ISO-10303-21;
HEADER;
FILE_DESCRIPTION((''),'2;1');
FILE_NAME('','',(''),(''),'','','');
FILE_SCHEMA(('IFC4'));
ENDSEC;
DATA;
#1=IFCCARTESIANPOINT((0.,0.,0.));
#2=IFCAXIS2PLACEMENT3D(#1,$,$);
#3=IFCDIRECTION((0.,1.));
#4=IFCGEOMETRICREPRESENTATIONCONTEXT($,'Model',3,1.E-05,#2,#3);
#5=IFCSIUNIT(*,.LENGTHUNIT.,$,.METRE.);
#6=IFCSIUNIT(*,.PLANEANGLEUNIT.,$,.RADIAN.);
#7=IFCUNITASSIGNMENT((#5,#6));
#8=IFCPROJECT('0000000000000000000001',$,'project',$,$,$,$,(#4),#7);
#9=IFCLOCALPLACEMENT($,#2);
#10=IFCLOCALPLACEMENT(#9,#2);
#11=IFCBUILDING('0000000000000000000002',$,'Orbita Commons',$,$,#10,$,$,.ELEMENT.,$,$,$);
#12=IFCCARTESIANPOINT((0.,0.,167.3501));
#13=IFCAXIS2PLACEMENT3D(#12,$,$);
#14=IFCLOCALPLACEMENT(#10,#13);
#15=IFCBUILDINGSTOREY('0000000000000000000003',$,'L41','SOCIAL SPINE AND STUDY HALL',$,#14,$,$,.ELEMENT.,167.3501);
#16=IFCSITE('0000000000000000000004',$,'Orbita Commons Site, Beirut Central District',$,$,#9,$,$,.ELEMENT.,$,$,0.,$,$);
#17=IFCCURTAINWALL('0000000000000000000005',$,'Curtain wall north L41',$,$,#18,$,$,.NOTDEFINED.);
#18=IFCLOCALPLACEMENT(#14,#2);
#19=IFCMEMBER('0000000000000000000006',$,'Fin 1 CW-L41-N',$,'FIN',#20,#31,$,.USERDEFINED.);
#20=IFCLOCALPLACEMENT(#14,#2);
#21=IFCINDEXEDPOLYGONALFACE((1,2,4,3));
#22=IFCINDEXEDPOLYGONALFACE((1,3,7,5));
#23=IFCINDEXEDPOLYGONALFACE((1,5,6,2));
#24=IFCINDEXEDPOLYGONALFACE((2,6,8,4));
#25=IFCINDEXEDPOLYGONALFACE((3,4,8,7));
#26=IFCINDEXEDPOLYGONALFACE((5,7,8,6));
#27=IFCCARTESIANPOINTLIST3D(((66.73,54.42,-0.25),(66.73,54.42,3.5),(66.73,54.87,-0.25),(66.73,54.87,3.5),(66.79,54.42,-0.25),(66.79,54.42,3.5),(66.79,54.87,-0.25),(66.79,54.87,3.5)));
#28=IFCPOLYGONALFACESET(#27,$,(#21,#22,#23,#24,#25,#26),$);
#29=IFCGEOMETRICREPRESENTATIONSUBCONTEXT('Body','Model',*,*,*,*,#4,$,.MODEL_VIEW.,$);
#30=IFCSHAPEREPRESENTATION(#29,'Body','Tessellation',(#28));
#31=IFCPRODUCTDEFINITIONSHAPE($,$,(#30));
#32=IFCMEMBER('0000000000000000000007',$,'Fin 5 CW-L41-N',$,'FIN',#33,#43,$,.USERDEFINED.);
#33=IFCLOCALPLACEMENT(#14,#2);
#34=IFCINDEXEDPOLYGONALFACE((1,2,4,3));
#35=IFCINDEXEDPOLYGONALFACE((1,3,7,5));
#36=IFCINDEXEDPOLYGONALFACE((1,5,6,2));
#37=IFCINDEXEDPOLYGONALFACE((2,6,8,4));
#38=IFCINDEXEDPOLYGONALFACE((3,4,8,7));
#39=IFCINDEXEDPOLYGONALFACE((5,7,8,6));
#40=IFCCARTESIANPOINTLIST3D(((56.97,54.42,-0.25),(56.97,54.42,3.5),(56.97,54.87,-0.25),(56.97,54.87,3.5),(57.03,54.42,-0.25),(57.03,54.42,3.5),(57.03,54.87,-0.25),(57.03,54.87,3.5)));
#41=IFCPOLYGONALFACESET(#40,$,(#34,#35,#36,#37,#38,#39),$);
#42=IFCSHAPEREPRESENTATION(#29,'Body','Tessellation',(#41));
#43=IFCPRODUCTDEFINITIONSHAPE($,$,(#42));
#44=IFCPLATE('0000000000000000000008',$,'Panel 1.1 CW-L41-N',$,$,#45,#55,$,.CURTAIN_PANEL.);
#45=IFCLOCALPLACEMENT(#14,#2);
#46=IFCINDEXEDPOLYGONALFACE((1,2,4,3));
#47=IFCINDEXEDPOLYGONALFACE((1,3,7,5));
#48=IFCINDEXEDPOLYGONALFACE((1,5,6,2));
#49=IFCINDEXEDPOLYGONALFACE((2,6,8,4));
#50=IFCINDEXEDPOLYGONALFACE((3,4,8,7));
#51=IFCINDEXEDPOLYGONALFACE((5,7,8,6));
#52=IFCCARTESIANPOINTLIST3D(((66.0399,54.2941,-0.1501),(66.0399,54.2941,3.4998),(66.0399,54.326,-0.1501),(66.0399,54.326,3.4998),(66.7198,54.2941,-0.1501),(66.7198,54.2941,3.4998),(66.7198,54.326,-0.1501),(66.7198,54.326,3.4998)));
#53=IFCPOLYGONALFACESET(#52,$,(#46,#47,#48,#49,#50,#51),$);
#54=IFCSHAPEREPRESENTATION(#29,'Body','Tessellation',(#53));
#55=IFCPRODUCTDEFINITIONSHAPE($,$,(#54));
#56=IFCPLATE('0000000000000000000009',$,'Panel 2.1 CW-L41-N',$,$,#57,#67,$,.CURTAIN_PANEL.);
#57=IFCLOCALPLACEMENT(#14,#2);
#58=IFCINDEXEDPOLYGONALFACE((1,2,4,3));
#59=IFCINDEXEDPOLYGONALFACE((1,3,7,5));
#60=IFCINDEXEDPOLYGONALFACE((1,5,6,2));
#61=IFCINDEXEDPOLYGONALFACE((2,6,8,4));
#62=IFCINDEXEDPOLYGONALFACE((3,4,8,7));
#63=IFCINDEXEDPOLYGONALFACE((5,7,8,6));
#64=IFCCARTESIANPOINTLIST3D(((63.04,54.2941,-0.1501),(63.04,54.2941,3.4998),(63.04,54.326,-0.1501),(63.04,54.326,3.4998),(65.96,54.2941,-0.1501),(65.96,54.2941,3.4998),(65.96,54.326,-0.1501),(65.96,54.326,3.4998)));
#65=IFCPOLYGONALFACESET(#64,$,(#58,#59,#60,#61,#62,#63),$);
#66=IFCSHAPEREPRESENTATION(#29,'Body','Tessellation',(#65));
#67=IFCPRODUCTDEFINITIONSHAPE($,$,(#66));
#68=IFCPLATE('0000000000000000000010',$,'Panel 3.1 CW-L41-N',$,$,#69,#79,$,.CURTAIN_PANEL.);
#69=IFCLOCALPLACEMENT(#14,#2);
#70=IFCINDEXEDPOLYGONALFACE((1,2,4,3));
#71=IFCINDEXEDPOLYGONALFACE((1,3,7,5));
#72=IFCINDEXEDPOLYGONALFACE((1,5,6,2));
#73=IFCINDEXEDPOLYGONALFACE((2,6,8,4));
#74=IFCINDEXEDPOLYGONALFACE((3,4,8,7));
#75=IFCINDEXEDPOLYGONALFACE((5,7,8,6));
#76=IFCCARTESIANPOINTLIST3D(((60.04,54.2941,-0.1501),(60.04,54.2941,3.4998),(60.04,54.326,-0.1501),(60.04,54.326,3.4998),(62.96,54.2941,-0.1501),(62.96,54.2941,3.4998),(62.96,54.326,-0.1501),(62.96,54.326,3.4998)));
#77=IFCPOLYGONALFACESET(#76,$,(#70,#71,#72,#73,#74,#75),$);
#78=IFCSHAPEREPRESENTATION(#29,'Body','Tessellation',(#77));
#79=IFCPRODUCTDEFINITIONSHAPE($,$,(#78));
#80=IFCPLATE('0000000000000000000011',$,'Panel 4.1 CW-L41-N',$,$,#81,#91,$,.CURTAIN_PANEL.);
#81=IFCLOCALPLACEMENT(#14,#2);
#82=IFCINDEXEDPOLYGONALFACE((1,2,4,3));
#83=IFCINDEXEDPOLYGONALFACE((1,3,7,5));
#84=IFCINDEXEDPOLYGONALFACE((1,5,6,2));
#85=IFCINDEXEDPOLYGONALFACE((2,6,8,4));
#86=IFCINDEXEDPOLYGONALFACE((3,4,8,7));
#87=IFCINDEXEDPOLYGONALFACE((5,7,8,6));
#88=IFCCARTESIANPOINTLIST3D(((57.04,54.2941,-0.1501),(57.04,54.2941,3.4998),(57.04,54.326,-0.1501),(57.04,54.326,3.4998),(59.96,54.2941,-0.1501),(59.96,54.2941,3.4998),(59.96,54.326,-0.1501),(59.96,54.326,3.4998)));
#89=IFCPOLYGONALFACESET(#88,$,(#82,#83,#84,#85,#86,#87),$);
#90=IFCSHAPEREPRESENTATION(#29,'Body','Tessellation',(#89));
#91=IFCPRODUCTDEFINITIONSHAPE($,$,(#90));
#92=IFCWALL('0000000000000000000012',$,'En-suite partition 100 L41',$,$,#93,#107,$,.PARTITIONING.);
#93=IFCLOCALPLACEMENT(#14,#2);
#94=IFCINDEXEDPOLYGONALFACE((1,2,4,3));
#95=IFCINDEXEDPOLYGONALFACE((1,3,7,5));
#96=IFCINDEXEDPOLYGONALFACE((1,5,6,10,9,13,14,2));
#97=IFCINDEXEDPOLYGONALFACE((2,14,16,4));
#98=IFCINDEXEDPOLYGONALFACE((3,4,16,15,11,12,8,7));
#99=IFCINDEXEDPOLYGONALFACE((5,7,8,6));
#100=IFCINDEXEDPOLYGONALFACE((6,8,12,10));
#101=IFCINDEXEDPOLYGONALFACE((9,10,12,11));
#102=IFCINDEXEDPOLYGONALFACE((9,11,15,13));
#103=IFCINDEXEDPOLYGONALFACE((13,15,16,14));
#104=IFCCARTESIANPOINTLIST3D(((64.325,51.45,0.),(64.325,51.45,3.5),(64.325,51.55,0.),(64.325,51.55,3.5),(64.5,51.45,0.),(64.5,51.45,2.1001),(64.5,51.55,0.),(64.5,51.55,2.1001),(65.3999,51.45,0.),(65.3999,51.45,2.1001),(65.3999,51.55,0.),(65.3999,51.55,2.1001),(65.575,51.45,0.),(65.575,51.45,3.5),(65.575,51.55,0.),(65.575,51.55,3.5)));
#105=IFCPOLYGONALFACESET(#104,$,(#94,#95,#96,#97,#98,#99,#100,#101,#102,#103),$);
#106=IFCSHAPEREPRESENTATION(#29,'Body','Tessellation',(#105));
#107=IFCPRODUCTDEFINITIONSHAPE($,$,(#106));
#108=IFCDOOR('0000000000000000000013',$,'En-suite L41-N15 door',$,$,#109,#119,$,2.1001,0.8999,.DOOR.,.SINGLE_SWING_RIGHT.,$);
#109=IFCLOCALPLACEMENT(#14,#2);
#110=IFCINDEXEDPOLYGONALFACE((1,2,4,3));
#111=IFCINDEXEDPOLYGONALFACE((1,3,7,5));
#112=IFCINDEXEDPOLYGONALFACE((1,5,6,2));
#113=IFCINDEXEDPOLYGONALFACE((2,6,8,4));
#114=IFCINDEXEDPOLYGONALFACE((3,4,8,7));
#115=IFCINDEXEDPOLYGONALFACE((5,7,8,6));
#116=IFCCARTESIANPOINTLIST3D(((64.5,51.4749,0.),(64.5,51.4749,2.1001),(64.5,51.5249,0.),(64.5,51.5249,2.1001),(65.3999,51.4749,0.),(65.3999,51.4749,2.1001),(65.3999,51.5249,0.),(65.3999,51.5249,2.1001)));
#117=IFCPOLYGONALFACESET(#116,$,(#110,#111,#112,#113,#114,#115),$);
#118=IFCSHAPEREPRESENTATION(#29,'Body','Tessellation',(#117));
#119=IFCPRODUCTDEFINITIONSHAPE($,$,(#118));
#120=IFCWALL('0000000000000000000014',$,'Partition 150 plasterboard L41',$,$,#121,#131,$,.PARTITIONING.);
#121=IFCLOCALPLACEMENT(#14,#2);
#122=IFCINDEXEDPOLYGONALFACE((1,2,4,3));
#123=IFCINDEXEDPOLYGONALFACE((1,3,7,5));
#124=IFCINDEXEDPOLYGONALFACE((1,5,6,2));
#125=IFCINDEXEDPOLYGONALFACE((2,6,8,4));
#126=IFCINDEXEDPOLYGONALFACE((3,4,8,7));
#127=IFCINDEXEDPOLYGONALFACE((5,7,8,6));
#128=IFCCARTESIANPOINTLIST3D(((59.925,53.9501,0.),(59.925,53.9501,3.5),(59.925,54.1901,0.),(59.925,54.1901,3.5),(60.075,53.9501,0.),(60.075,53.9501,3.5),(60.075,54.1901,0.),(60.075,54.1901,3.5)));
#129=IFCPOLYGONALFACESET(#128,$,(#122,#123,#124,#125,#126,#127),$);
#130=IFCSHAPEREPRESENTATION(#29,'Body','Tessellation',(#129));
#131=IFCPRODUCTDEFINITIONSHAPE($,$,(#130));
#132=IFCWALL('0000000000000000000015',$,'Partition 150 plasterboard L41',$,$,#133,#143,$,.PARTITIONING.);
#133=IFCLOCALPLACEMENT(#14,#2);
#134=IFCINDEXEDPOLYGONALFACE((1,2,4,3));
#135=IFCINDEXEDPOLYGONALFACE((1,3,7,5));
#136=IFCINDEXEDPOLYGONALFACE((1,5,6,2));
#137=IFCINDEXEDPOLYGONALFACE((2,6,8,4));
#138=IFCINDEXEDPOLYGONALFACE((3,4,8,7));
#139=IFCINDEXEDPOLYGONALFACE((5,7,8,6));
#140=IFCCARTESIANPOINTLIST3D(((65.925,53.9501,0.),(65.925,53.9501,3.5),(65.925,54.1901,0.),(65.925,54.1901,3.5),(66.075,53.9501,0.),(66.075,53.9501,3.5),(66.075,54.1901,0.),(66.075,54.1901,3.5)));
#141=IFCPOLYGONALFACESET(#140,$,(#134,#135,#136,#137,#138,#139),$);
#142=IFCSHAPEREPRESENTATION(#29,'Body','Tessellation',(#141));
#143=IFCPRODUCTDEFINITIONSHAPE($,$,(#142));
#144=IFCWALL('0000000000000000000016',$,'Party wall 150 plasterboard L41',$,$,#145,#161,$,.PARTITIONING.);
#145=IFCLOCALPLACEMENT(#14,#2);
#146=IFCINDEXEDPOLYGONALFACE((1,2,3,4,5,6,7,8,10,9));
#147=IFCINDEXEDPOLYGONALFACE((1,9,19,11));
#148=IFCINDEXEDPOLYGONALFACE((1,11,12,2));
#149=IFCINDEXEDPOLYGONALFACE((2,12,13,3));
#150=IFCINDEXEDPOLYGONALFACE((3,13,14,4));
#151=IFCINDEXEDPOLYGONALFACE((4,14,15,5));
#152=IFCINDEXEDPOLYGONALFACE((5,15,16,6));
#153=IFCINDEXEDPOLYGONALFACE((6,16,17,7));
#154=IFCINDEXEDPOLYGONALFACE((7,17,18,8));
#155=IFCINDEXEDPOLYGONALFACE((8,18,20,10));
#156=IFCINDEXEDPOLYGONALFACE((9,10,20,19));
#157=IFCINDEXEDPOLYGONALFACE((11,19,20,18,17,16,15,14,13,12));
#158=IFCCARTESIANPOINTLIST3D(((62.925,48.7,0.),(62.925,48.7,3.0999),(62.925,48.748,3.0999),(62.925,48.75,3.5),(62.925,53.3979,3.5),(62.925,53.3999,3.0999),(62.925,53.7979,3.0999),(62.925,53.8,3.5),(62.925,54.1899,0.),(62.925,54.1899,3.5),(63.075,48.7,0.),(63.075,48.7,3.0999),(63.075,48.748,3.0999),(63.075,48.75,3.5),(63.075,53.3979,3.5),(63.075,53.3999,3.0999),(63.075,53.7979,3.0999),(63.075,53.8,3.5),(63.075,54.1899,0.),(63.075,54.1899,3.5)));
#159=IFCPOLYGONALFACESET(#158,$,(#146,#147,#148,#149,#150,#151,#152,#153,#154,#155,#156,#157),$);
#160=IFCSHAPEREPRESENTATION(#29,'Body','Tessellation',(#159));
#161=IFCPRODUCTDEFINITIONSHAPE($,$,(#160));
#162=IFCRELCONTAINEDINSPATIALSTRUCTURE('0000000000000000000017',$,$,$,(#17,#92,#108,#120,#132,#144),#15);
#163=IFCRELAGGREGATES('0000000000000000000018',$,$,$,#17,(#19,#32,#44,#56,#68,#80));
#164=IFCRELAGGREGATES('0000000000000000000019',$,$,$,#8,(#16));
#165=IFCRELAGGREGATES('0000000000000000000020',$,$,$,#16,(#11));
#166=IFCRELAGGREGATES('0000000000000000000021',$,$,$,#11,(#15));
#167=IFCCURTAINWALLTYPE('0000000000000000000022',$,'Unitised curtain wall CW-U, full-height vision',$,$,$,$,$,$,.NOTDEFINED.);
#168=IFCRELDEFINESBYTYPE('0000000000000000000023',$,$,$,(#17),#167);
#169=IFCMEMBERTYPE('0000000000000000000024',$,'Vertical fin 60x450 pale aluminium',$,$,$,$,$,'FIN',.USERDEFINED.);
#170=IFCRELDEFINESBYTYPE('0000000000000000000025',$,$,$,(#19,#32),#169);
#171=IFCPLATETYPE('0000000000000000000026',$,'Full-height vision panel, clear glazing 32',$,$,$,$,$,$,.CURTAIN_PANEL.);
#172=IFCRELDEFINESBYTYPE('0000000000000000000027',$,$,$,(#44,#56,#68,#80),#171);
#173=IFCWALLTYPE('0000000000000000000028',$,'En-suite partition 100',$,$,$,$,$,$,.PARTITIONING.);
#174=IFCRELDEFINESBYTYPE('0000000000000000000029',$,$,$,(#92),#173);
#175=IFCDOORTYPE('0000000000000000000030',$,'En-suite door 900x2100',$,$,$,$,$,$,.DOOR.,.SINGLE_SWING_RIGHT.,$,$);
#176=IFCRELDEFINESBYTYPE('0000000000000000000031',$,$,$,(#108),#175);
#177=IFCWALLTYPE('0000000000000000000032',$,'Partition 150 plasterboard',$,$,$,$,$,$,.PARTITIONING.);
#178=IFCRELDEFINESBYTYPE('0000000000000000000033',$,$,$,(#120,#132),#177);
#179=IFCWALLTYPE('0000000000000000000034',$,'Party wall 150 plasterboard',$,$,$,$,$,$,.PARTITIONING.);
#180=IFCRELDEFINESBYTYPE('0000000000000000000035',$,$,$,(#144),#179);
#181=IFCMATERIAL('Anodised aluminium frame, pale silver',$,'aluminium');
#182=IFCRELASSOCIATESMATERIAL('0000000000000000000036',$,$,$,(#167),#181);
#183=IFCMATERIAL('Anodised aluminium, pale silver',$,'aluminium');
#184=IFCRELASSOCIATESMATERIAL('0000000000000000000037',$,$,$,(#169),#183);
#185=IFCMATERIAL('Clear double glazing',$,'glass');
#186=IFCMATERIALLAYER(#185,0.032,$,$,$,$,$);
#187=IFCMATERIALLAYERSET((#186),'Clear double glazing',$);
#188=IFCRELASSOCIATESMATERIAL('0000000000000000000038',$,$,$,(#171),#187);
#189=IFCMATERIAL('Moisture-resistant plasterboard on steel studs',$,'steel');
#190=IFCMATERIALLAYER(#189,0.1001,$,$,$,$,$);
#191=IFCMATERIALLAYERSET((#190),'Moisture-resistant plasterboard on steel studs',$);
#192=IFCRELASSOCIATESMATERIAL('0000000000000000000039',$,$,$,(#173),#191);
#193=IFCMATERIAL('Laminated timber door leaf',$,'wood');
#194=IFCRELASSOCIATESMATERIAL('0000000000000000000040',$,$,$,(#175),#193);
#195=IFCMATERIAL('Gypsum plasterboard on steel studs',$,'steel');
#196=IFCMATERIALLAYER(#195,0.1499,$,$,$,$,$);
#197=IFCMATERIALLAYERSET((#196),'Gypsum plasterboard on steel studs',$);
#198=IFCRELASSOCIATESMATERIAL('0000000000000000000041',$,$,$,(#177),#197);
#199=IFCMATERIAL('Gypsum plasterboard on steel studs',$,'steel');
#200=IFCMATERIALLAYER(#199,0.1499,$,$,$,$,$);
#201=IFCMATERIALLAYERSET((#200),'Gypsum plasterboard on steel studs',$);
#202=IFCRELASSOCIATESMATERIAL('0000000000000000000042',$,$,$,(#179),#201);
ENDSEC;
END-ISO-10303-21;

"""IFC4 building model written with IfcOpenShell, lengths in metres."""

from ifc_helpers import new_model, si_unit, direction, frame, frame_2d, origin, origin_2d, place, context, subcontext, project, spatial, polyline, rectangle, outline, extrude, material, layer, layer_set, material_profile, profile_set, type_object, element, fill, aggregate, save


model = new_model("IFC4")

# Units and contexts
model_context = context("Model", 3, precision=1e-05, world=origin(), true_north=direction((0.0, 1.0)))
body_context = subcontext(model_context, "Body", "Model", "MODEL_VIEW")
ifc_project = project(units=[si_unit("LENGTHUNIT", "METRE"), si_unit("PLANEANGLEUNIT", "RADIAN")], contexts=[model_context])

# Site, building, storey
site_placement = place(None, origin())
site = spatial("IfcSite", under=ifc_project, at=site_placement, Name="Orbita Commons Site, Beirut Central District", CompositionType="ELEMENT", RefElevation=0.0)
building_placement = place(site_placement, origin())
building = spatial("IfcBuilding", under=site, at=building_placement, Name="Orbita Commons", CompositionType="ELEMENT")
storey_placement = place(building_placement, frame((0.0, 0.0, 167.3501)))
storey = spatial("IfcBuildingStorey", under=building, at=storey_placement, Name="L41", Description="SOCIAL SPINE AND STUDY HALL", CompositionType="ELEMENT", Elevation=167.3501)

# Curtain wall
ifc_material_1 = material(Name="Anodised aluminium frame, pale silver", Category="aluminium")
curtain_wall_type = type_object("IfcCurtainWallType", Name="Unitised curtain wall CW-U, full-height vision", PredefinedType="NOTDEFINED", material=ifc_material_1)
curtain_wall_placement = place(storey_placement, origin())
curtain_wall = element("IfcCurtainWall", 1, at=curtain_wall_placement, inside=storey, type_object=curtain_wall_type, Name="Curtain wall north L41", PredefinedType="NOTDEFINED")

# Members
ifc_material_2 = material(Name="Anodised aluminium, pale silver", Category="aluminium")
ifc_material_profile_1 = material_profile(ifc_material_2, rectangle(XDim=0.0601, YDim=0.45, at=origin_2d()), Name="FIN 60x450")
ifc_profile_set_1 = profile_set([ifc_material_profile_1], Name="Anodised aluminium, pale silver")
member_type_1 = type_object("IfcMemberType", Name="Vertical fin 60x450 pale aluminium", ElementType="FIN", PredefinedType="USERDEFINED", material=ifc_profile_set_1)
member_1_placement = place(storey_placement, frame((66.76, 54.645, -0.25), z_axis=(0.0, 0.0, 1.0), x_axis=(-1.0, 0.0, 0.0)))
member_1 = element("IfcMember", 2, at=member_1_placement, type_object=member_type_1, Name="Fin 1 CW-L41-N", ObjectType="FIN", PredefinedType="USERDEFINED", context=body_context, shape_type="SweptSolid", body=[
    extrude(rectangle(XDim=0.0601, YDim=0.45, at=origin_2d()), origin(), (0.0, 0.0, 1.0), 3.75),
])
member_2_placement = place(storey_placement, frame((57.0, 54.645, -0.25), z_axis=(0.0, 0.0, 1.0), x_axis=(-1.0, 0.0, 0.0)))
member_2 = element("IfcMember", 3, at=member_2_placement, type_object=member_type_1, Name="Fin 5 CW-L41-N", ObjectType="FIN", PredefinedType="USERDEFINED", context=body_context, shape_type="SweptSolid", body=[
    extrude(rectangle(XDim=0.0601, YDim=0.45, at=origin_2d()), origin(), (0.0, 0.0, 1.0), 3.75),
])

# Plates
ifc_material_3 = material(Name="Clear double glazing", Category="glass")
ifc_layer_1 = layer(ifc_material_3, 0.032)
ifc_layer_set_1 = layer_set([ifc_layer_1], Name="Clear double glazing")
plate_type = type_object("IfcPlateType", Name="Full-height vision panel, clear glazing 32", PredefinedType="CURTAIN_PANEL", material=ifc_layer_set_1)
plate_1_placement = place(storey_placement, frame((66.3799, 54.3101, -0.1501), z_axis=(0.0, 0.0, 1.0), x_axis=(-1.0, 0.0, 0.0)))
plate_1 = element("IfcPlate", 4, at=plate_1_placement, type_object=plate_type, Name="Panel 1.1 CW-L41-N", PredefinedType="CURTAIN_PANEL", context=body_context, shape_type="SweptSolid", body=[
    extrude(rectangle(XDim=0.6799, YDim=0.032, at=origin_2d()), origin(), (0.0, 0.0, 1.0), 3.6499),
])
plate_2_placement = place(storey_placement, frame((64.5, 54.3101, -0.1501), z_axis=(0.0, 0.0, 1.0), x_axis=(-1.0, 0.0, 0.0)))
plate_2 = element("IfcPlate", 5, at=plate_2_placement, type_object=plate_type, Name="Panel 2.1 CW-L41-N", PredefinedType="CURTAIN_PANEL", context=body_context, shape_type="SweptSolid", body=[
    extrude(rectangle(XDim=2.9199, YDim=0.032, at=origin_2d()), origin(), (0.0, 0.0, 1.0), 3.6499),
])
plate_3_placement = place(storey_placement, frame((61.5, 54.3101, -0.1501), z_axis=(0.0, 0.0, 1.0), x_axis=(-1.0, 0.0, 0.0)))
plate_3 = element("IfcPlate", 6, at=plate_3_placement, type_object=plate_type, Name="Panel 3.1 CW-L41-N", PredefinedType="CURTAIN_PANEL", context=body_context, shape_type="SweptSolid", body=[
    extrude(rectangle(XDim=2.9199, YDim=0.032, at=origin_2d()), origin(), (0.0, 0.0, 1.0), 3.6499),
])
plate_4_placement = place(storey_placement, frame((58.5, 54.3101, -0.1501), z_axis=(0.0, 0.0, 1.0), x_axis=(-1.0, 0.0, 0.0)))
plate_4 = element("IfcPlate", 7, at=plate_4_placement, type_object=plate_type, Name="Panel 4.1 CW-L41-N", PredefinedType="CURTAIN_PANEL", context=body_context, shape_type="SweptSolid", body=[
    extrude(rectangle(XDim=2.9199, YDim=0.032, at=origin_2d()), origin(), (0.0, 0.0, 1.0), 3.6499),
])
aggregate(curtain_wall, [member_1, member_2, plate_1, plate_2, plate_3, plate_4])

# Wall, opening, door
ifc_material_4 = material(Name="Moisture-resistant plasterboard on steel studs", Category="steel")
ifc_layer_2 = layer(ifc_material_4, 0.1001)
ifc_layer_set_2 = layer_set([ifc_layer_2], Name="Moisture-resistant plasterboard on steel studs")
wall_type_1 = type_object("IfcWallType", Name="En-suite partition 100", PredefinedType="PARTITIONING", material=ifc_layer_set_2)
wall_1_placement = place(storey_placement, frame((64.325, 51.5, 0.0), z_axis=(0.0, 0.0, 1.0), x_axis=(1.0, 0.0, 0.0)))
wall_1 = element("IfcWall", 8, at=wall_1_placement, inside=storey, type_object=wall_type_1, Name="En-suite partition 100 L41", PredefinedType="PARTITIONING", context=body_context, shape_type="SweptSolid", body=[
    extrude(rectangle(XDim=1.25, YDim=0.1001, at=frame_2d((0.625, 0.0))), origin(), (0.0, 0.0, 1.0), 3.5),
])
opening_1_placement = place(wall_1_placement, frame((0.175, 0.0, 0.0)))
opening_1 = element("IfcOpeningElement", 9, at=opening_1_placement, cuts=wall_1, PredefinedType="OPENING", context=body_context, shape_type="SweptSolid", body=[
    extrude(rectangle(XDim=0.8999, YDim=2.1001, at=frame_2d((0.45, 1.05))), frame((0.0, 0.0601, 0.0), z_axis=(0.0, -1.0, 0.0), x_axis=(1.0, 0.0, 0.0)), (0.0, 0.0, 1.0), 0.1201),
])
ifc_material_5 = material(Name="Laminated timber door leaf", Category="wood")
door_type = type_object("IfcDoorType", Name="En-suite door 900x2100", OperationType="SINGLE_SWING_RIGHT", PredefinedType="DOOR", material=ifc_material_5)
door_placement = place(opening_1_placement, origin())
door = element("IfcDoor", 10, at=door_placement, inside=storey, type_object=door_type, Name="En-suite L41-N15 door", OperationType="SINGLE_SWING_RIGHT", OverallHeight=2.1001, OverallWidth=0.8999, PredefinedType="DOOR", context=body_context, shape_type="SweptSolid", body=[
    extrude(rectangle(XDim=0.8999, YDim=2.1001, at=frame_2d((0.45, 1.05))), frame((0.0, 0.0249, 0.0), z_axis=(0.0, -1.0, 0.0), x_axis=(1.0, 0.0, 0.0)), (0.0, 0.0, 1.0), 0.05),
])
fill(opening_1, door)

# Walls
ifc_material_6 = material(Name="Gypsum plasterboard on steel studs", Category="steel")
ifc_layer_3 = layer(ifc_material_6, 0.1499)
ifc_layer_set_3 = layer_set([ifc_layer_3], Name="Gypsum plasterboard on steel studs")
wall_type_2 = type_object("IfcWallType", Name="Partition 150 plasterboard", PredefinedType="PARTITIONING", material=ifc_layer_set_3)
for number, where, z_axis, x_axis, name in (
    (11, (60.0, 53.95, 0.0), (0.0, 0.0, 1.0), (0.0, 1.0, 0.0), "Partition 150 plasterboard L41"),
    (12, (66.0, 53.95, 0.0), (0.0, 0.0, 1.0), (0.0, 1.0, 0.0), "Partition 150 plasterboard L41"),
):
    element("IfcWall", number, at=place(storey_placement, frame(where, z_axis=z_axis, x_axis=x_axis)), inside=storey, type_object=wall_type_2, Name=name, PredefinedType="PARTITIONING", context=body_context, shape_type="SweptSolid", body=[
        extrude(rectangle(XDim=0.24, YDim=0.1499, at=frame_2d((0.1201, 0.0))), origin(), (0.0, 0.0, 1.0), 3.5),
    ])
ifc_material_7 = material(Name="Gypsum plasterboard on steel studs", Category="steel")
ifc_layer_4 = layer(ifc_material_7, 0.1499)
ifc_layer_set_4 = layer_set([ifc_layer_4], Name="Gypsum plasterboard on steel studs")
wall_type_3 = type_object("IfcWallType", Name="Party wall 150 plasterboard", PredefinedType="PARTITIONING", material=ifc_layer_set_4)
wall_2_placement = place(storey_placement, frame((63.0, 54.1899, 0.0), z_axis=(0.0, 0.0, 1.0), x_axis=(0.0, -1.0, 0.0)))
element("IfcWall", 13, at=wall_2_placement, inside=storey, type_object=wall_type_3, Name="Party wall 150 plasterboard L41", PredefinedType="PARTITIONING", context=body_context, shape_type="SweptSolid", body=[
    extrude(outline(polyline([(0.0, 0.0), (5.49, 0.0), (5.49, 3.0999), (5.4419, 3.0999), (5.4399, 3.5), (0.792, 3.5), (0.79, 3.0999), (0.3921, 3.0999), (0.3899, 3.5), (0.0, 3.5), (0.0, 0.0)])), frame((0.0, 0.075, 0.0), z_axis=(0.0, -1.0, 0.0), x_axis=(1.0, 0.0, 0.0)), (0.0, 0.0, 1.0), 0.1499),
])

save(model, "model.ifc")
